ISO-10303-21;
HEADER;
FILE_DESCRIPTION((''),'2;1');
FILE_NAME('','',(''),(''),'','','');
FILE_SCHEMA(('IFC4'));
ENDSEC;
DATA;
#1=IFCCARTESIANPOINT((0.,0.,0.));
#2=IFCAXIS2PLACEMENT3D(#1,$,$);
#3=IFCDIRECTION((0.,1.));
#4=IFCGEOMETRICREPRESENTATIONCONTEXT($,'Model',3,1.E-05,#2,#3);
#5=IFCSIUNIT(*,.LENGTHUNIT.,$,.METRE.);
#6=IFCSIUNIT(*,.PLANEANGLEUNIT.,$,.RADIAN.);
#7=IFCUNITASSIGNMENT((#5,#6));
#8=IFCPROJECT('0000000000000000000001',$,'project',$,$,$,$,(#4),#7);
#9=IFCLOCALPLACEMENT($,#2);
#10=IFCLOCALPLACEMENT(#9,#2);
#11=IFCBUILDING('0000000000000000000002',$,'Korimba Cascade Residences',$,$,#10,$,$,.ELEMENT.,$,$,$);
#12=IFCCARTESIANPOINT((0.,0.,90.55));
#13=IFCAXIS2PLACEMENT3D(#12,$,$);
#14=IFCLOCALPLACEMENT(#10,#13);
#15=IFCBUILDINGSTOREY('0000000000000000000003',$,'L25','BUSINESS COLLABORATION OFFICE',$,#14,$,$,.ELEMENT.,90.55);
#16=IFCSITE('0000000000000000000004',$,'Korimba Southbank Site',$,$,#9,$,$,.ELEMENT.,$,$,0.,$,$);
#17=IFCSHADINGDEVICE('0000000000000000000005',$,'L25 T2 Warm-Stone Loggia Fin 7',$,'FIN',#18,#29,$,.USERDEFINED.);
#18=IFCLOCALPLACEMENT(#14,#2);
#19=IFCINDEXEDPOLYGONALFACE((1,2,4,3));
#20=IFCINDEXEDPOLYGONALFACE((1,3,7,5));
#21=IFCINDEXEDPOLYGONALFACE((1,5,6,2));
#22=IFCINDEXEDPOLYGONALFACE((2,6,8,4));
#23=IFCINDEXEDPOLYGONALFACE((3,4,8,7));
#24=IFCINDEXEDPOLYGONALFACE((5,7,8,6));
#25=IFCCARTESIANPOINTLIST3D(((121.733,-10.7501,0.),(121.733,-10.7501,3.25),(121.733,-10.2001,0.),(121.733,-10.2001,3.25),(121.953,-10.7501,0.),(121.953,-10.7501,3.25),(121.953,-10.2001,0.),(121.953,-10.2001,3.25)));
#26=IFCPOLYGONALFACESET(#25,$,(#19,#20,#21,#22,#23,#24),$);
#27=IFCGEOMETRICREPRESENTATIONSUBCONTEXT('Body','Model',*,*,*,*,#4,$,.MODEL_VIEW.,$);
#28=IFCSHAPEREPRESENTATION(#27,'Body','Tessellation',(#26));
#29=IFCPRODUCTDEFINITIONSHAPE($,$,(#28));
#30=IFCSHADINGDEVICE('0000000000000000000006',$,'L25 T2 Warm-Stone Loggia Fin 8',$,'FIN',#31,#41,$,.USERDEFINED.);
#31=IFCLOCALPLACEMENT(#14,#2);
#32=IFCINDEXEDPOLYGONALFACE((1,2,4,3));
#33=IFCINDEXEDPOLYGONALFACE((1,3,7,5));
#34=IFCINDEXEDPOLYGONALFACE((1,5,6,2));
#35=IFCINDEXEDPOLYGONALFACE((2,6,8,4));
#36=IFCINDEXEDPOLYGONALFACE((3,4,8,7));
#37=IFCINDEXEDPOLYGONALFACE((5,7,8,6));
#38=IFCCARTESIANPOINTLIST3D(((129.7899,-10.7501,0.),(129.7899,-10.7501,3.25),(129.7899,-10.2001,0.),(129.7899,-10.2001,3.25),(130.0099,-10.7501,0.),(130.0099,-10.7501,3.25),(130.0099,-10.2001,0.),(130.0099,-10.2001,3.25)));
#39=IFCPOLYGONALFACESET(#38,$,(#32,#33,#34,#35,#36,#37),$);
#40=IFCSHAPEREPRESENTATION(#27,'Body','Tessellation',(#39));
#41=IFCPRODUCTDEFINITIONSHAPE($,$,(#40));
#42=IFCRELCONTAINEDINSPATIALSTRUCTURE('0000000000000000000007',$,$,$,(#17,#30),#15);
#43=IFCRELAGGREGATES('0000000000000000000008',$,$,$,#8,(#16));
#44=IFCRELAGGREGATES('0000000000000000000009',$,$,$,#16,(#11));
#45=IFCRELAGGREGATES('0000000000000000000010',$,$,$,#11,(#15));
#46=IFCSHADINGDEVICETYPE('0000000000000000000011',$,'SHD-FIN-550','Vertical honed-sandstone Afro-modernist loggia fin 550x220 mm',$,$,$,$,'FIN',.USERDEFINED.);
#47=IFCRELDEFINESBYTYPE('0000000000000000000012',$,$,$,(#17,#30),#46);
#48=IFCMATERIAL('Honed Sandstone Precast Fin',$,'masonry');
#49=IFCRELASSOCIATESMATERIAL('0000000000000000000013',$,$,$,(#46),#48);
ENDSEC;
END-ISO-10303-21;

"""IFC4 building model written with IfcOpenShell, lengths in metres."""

from ifc_helpers import new_model, si_unit, direction, frame, origin, origin_2d, place, context, subcontext, project, spatial, rectangle, extrude, material, type_object, element, save


model = new_model("IFC4")

# Units and contexts
model_context = context("Model", 3, precision=1e-05, world=origin(), true_north=direction((0.0, 1.0)))
body_context = subcontext(model_context, "Body", "Model", "MODEL_VIEW")
ifc_project = project(units=[si_unit("LENGTHUNIT", "METRE"), si_unit("PLANEANGLEUNIT", "RADIAN")], contexts=[model_context])

# Site, building, storey
site_placement = place(None, origin())
site = spatial("IfcSite", under=ifc_project, at=site_placement, Name="Korimba Southbank Site", CompositionType="ELEMENT", RefElevation=0.0)
building_placement = place(site_placement, origin())
building = spatial("IfcBuilding", under=site, at=building_placement, Name="Korimba Cascade Residences", CompositionType="ELEMENT")
storey_placement = place(building_placement, frame((0.0, 0.0, 90.55)))
storey = spatial("IfcBuildingStorey", under=building, at=storey_placement, Name="L25", Description="BUSINESS COLLABORATION OFFICE", CompositionType="ELEMENT", Elevation=90.55)

# Shading devices
ifc_material_1 = material(Name="Honed Sandstone Precast Fin", Category="masonry")
shading_device_type = type_object("IfcShadingDeviceType", Name="SHD-FIN-550", Description="Vertical honed-sandstone Afro-modernist loggia fin 550x220 mm", ElementType="FIN", PredefinedType="USERDEFINED", material=ifc_material_1)
for number, where, z_axis, x_axis, name in (
    (1, (121.843, -10.4751, 0.0), (0.0, 0.0, 1.0), (1.0, 0.0, 0.0), "L25 T2 Warm-Stone Loggia Fin 7"),
    (2, (129.8999, -10.4751, 0.0), (0.0, 0.0, 1.0), (1.0, 0.0, 0.0), "L25 T2 Warm-Stone Loggia Fin 8"),
):
    element("IfcShadingDevice", number, at=place(storey_placement, frame(where, z_axis=z_axis, x_axis=x_axis)), inside=storey, type_object=shading_device_type, Name=name, ObjectType="FIN", PredefinedType="USERDEFINED", context=body_context, shape_type="SweptSolid", body=[
        extrude(rectangle(XDim=0.22, YDim=0.55, at=origin_2d()), origin(), (0.0, 0.0, 1.0), 3.25),
    ])

save(model, "model.ifc")
